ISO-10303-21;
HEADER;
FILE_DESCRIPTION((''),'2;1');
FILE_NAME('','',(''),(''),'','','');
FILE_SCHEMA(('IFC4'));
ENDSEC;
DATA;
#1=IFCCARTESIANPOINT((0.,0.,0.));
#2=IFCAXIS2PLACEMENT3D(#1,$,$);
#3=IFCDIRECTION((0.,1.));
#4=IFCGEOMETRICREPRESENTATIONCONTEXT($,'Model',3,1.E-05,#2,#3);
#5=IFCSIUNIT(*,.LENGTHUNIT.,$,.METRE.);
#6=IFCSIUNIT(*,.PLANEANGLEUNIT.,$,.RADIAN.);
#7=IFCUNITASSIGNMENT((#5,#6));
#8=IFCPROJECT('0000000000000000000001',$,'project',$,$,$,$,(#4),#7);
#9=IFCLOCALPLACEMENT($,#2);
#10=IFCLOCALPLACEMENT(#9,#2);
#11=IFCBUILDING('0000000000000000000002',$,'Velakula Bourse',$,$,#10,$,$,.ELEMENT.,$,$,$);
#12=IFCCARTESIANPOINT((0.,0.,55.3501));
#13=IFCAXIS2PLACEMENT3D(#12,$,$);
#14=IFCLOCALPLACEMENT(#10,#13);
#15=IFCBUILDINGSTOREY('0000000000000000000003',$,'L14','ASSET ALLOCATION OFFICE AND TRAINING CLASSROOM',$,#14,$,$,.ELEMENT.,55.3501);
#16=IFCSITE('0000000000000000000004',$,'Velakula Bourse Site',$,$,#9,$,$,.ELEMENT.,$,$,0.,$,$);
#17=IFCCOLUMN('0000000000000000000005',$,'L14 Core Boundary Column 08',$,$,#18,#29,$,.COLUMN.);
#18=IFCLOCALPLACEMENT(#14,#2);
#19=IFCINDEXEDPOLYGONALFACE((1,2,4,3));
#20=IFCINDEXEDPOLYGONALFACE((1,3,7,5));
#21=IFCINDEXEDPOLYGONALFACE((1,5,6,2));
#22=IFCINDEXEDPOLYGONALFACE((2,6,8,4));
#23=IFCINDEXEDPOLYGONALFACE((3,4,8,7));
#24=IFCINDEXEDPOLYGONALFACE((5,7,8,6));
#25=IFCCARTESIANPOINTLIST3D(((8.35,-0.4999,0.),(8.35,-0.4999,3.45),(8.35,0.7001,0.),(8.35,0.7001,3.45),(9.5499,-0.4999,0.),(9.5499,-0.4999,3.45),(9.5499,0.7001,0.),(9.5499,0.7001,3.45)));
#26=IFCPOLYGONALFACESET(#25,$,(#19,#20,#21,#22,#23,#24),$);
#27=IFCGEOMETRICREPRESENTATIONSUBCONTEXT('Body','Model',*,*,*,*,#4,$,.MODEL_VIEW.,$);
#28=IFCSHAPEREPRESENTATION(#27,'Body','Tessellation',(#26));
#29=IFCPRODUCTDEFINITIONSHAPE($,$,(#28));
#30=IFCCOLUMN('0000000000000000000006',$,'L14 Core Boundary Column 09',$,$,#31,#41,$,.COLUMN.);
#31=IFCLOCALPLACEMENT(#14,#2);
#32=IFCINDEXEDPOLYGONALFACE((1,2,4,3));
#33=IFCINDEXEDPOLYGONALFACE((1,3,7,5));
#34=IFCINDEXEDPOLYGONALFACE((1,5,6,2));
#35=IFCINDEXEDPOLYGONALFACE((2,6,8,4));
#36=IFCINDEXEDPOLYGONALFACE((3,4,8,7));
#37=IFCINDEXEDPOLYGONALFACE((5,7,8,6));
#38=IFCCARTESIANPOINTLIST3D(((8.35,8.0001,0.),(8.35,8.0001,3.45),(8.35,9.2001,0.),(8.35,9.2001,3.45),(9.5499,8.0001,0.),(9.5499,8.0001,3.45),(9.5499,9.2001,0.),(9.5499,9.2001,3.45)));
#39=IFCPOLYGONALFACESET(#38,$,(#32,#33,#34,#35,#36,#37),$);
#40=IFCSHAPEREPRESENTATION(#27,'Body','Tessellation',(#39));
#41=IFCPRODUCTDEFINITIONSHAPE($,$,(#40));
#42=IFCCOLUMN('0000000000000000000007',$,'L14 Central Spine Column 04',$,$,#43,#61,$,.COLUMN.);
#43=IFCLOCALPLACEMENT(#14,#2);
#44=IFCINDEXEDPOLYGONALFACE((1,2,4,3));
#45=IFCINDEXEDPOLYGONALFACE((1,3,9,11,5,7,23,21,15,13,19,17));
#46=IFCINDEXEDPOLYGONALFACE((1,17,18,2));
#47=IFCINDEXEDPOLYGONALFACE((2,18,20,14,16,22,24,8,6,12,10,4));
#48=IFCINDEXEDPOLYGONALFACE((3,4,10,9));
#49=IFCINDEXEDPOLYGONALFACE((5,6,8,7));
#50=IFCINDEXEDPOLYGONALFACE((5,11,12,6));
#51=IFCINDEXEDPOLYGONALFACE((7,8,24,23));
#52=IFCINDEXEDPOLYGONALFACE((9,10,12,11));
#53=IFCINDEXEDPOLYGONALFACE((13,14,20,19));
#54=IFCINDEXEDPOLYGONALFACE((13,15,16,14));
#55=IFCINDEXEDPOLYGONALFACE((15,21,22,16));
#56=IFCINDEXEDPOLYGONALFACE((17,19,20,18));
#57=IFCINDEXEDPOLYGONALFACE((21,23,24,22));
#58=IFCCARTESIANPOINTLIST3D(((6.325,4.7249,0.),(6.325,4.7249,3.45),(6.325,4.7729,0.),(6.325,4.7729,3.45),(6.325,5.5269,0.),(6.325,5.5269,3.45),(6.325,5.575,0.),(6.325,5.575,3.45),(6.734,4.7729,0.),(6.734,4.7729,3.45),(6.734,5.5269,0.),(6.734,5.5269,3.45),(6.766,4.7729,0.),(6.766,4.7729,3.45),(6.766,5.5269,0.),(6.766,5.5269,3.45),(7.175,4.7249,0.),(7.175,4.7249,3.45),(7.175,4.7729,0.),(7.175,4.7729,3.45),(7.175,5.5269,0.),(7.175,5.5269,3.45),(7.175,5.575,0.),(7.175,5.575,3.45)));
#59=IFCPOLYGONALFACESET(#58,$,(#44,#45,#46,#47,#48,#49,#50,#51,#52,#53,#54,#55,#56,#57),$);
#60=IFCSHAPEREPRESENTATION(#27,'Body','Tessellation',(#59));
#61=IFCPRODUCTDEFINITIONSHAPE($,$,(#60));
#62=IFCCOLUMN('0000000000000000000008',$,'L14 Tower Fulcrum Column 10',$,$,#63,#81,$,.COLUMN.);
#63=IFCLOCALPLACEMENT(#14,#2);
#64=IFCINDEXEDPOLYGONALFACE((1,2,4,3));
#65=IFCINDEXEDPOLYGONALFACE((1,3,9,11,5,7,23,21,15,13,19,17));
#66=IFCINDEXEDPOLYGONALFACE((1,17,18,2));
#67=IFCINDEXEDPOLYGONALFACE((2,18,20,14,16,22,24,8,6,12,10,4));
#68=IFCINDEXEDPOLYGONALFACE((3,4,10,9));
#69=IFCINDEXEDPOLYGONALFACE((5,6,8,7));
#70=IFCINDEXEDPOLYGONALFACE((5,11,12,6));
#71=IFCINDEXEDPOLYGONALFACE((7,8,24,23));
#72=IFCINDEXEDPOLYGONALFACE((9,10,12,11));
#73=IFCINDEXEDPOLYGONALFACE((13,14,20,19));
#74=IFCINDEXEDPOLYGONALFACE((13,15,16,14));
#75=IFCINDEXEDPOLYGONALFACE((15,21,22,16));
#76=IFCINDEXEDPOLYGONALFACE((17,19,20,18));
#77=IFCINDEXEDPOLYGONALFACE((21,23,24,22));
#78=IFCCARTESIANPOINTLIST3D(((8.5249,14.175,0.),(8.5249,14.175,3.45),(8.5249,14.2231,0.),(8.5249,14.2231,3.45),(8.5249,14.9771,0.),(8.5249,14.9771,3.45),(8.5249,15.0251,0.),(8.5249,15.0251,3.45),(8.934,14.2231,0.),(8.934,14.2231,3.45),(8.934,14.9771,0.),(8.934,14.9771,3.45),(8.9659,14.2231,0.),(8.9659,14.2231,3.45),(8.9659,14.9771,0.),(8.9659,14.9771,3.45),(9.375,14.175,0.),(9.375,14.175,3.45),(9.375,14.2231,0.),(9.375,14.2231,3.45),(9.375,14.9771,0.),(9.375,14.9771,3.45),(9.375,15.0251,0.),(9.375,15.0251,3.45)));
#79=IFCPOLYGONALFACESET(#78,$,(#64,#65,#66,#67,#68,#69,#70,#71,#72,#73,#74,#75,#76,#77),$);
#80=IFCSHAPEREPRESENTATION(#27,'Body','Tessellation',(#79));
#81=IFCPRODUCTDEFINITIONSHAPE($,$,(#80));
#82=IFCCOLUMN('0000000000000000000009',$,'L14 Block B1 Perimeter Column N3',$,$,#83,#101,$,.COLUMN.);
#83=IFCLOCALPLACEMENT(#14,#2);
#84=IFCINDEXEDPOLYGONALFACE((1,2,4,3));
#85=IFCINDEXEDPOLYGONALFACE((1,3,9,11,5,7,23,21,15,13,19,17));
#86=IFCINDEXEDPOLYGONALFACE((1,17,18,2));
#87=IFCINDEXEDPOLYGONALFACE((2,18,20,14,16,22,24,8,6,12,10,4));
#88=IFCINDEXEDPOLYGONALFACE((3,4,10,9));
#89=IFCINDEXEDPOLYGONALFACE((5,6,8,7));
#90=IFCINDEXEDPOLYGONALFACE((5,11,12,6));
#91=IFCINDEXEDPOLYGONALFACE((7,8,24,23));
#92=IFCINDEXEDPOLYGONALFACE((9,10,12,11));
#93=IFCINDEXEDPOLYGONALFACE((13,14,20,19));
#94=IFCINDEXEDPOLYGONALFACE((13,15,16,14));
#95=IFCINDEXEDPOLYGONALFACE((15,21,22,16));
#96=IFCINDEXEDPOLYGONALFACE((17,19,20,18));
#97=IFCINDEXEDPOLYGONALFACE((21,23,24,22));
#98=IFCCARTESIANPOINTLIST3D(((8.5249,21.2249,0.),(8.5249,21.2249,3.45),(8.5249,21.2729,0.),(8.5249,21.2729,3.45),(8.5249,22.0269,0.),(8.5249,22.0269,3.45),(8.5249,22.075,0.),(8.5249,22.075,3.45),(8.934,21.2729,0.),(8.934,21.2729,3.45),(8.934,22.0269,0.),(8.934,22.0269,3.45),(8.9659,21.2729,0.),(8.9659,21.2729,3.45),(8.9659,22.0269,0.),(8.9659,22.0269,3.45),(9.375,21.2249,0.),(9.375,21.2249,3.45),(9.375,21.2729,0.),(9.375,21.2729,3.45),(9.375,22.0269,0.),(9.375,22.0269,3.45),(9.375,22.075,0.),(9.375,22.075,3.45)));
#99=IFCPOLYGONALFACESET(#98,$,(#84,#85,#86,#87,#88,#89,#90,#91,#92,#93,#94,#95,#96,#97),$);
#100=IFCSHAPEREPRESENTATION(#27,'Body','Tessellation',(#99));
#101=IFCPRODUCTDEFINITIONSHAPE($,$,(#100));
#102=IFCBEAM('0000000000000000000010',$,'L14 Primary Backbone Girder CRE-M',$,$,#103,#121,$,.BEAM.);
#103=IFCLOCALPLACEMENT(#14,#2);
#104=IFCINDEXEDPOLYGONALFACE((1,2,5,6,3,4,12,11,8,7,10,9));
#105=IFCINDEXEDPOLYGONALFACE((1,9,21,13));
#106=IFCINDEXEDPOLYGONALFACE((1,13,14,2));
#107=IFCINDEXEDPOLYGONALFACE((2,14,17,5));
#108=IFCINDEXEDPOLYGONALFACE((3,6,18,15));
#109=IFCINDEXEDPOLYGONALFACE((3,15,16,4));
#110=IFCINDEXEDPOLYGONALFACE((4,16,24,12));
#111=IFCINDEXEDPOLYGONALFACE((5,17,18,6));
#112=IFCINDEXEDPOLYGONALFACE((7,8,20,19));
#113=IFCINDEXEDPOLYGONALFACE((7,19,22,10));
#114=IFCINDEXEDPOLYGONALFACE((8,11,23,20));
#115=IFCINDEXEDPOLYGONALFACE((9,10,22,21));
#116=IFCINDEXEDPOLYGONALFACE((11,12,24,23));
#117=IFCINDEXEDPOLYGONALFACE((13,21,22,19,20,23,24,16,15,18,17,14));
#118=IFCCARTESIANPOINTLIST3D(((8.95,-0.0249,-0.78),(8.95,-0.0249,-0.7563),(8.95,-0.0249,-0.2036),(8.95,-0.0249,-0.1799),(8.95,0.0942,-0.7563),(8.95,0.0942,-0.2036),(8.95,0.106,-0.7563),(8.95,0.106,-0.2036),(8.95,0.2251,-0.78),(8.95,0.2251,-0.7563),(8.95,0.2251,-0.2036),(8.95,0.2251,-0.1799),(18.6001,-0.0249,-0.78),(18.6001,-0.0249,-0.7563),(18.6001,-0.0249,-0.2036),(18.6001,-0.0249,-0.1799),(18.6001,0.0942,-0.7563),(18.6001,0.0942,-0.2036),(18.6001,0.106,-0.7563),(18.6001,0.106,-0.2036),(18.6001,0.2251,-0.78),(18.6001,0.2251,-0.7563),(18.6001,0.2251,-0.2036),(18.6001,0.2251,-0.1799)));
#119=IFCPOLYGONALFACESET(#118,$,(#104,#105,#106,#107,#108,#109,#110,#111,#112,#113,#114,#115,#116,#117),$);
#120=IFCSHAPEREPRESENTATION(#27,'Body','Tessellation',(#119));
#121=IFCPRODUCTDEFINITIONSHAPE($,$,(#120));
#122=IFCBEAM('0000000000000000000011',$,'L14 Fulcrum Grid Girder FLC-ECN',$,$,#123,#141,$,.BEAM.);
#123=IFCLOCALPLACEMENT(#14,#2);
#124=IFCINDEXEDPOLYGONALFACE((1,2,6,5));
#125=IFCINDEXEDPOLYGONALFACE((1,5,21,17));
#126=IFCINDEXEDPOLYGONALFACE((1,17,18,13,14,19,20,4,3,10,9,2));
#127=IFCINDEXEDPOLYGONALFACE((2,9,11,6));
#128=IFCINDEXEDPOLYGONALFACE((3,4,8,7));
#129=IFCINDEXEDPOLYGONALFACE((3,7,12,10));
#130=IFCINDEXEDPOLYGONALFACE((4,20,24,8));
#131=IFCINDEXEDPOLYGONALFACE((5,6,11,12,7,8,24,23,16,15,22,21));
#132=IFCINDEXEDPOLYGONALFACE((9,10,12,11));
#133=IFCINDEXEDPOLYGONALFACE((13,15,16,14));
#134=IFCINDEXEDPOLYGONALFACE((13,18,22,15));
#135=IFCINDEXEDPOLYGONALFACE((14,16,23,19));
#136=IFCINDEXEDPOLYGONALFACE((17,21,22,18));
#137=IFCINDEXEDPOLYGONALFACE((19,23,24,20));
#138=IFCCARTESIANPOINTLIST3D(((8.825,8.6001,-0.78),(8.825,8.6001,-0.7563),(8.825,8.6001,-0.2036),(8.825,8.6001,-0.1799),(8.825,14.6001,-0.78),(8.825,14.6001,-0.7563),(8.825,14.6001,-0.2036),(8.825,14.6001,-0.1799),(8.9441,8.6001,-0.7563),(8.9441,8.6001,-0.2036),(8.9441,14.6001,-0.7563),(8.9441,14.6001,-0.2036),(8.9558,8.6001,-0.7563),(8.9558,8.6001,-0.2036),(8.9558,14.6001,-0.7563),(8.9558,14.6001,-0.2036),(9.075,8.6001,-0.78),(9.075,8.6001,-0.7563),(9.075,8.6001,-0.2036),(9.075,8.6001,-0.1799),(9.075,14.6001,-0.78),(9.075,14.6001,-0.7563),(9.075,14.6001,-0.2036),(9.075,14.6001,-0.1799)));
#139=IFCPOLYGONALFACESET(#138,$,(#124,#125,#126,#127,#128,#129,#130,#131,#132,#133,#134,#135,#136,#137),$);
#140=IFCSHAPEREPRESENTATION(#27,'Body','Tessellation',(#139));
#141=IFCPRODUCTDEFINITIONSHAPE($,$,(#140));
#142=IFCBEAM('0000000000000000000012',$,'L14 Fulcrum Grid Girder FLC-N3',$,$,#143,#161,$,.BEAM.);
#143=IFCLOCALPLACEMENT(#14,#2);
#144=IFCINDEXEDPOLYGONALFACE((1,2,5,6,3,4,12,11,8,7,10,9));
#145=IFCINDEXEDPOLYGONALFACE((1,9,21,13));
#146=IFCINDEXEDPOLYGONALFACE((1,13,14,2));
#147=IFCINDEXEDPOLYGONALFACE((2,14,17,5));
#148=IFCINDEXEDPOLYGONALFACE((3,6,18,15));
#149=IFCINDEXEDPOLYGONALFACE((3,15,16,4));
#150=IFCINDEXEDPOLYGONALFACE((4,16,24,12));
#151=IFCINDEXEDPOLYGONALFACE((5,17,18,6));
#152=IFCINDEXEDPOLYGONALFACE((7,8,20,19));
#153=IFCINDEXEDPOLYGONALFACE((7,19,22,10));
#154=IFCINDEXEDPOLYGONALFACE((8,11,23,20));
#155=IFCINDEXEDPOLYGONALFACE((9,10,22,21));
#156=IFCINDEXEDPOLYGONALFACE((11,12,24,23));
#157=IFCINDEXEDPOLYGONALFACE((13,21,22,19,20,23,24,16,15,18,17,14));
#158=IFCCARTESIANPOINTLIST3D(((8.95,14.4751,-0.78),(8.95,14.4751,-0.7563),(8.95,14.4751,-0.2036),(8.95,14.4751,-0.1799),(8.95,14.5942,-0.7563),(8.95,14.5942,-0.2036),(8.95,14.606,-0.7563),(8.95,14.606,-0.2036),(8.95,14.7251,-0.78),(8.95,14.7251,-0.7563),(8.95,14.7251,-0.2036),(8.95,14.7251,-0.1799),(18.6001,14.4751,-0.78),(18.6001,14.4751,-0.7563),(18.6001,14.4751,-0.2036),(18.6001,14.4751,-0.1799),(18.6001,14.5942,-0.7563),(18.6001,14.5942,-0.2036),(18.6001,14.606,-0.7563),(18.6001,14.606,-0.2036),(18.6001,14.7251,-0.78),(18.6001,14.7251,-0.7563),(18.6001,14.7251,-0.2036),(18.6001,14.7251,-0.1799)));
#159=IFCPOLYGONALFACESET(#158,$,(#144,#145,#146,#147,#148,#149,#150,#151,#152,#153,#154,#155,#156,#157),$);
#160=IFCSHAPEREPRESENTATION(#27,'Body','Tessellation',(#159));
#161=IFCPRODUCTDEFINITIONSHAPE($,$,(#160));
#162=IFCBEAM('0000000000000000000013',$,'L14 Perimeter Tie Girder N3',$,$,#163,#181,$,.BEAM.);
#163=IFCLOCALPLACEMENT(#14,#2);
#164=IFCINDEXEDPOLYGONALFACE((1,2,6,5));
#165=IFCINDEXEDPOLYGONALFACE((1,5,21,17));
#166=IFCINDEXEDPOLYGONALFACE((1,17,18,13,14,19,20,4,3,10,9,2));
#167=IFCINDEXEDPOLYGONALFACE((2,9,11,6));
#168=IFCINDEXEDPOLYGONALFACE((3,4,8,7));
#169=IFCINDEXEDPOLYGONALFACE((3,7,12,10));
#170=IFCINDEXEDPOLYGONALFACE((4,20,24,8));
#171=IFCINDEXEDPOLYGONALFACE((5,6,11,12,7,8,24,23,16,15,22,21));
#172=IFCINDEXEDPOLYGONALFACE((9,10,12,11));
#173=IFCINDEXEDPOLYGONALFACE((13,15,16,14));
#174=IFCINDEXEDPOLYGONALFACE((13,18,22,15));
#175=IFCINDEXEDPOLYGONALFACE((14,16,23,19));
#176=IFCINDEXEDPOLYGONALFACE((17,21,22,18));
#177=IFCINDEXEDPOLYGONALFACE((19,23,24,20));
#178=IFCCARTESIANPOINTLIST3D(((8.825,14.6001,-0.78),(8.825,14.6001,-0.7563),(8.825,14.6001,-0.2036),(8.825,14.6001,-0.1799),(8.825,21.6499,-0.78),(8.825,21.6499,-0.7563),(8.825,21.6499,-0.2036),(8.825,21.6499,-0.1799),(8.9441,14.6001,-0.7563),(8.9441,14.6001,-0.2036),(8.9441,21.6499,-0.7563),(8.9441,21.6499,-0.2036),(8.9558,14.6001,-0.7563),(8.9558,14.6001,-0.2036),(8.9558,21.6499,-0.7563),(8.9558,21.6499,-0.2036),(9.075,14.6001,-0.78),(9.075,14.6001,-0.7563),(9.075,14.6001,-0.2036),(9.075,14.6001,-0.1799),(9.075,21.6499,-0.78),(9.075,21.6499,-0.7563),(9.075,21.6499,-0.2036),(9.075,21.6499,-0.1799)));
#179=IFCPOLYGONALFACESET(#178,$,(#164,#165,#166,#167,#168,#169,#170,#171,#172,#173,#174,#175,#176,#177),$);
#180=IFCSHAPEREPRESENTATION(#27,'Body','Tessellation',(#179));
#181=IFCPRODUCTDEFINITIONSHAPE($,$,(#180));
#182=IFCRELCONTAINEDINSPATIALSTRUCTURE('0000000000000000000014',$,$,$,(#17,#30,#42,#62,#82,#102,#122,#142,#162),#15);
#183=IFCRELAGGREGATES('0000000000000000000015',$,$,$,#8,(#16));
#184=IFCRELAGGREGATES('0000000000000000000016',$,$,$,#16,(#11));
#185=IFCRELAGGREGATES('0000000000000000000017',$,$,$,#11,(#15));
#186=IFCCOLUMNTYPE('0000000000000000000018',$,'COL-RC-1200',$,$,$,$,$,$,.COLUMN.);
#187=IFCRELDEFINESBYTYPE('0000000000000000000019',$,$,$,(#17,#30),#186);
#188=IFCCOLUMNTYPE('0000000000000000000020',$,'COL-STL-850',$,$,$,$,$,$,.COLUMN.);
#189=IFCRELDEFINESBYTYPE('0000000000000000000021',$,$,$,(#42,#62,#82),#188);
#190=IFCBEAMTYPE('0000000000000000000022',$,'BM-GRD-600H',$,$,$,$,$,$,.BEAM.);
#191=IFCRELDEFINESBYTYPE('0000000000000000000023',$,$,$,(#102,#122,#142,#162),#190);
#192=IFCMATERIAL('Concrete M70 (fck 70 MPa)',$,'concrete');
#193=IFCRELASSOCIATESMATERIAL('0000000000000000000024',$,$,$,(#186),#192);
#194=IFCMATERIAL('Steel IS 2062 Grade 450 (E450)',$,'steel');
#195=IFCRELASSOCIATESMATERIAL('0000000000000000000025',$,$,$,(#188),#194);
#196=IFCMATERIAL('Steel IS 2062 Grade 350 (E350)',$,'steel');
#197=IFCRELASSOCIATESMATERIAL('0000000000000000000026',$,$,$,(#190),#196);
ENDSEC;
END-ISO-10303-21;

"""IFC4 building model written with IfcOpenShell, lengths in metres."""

from ifc_helpers import new_model, si_unit, direction, frame, origin, origin_2d, place, context, subcontext, project, spatial, rectangle, i_section, extrude, material, material_profile, profile_set, type_object, element, save


model = new_model("IFC4")

# Units and contexts
model_context = context("Model", 3, precision=1e-05, world=origin(), true_north=direction((0.0, 1.0)))
body_context = subcontext(model_context, "Body", "Model", "MODEL_VIEW")
ifc_project = project(units=[si_unit("LENGTHUNIT", "METRE"), si_unit("PLANEANGLEUNIT", "RADIAN")], contexts=[model_context])

# Site, building, storey
site_placement = place(None, origin())
site = spatial("IfcSite", under=ifc_project, at=site_placement, Name="Velakula Bourse Site", CompositionType="ELEMENT", RefElevation=0.0)
building_placement = place(site_placement, origin())
building = spatial("IfcBuilding", under=site, at=building_placement, Name="Velakula Bourse", CompositionType="ELEMENT")
storey_placement = place(building_placement, frame((0.0, 0.0, 55.3501)))
storey = spatial("IfcBuildingStorey", under=building, at=storey_placement, Name="L14", Description="ASSET ALLOCATION OFFICE AND TRAINING CLASSROOM", CompositionType="ELEMENT", Elevation=55.3501)

# Columns
ifc_material_1 = material(Name="Concrete M70 (fck 70 MPa)", Category="concrete")
ifc_material_profile_1 = material_profile(ifc_material_1, rectangle(XDim=1.2, YDim=1.2, at=origin_2d()), Name="Concrete M70 (fck 70 MPa)")
ifc_profile_set_1 = profile_set([ifc_material_profile_1], Name="Concrete M70 (fck 70 MPa)")
column_type_1 = type_object("IfcColumnType", Name="COL-RC-1200", PredefinedType="COLUMN", material=ifc_profile_set_1)
for number, where, z_axis, x_axis, name in (
    (1, (8.95, 0.1001, 0.0), (0.0, 0.0, 1.0), (1.0, 0.0, 0.0), "L14 Core Boundary Column 08"),
    (2, (8.95, 8.6001, 0.0), (0.0, 0.0, 1.0), (1.0, 0.0, 0.0), "L14 Core Boundary Column 09"),
):
    element("IfcColumn", number, at=place(storey_placement, frame(where, z_axis=z_axis, x_axis=x_axis)), inside=storey, type_object=column_type_1, Name=name, PredefinedType="COLUMN", context=body_context, shape_type="SweptSolid", body=[
        extrude(rectangle(XDim=1.2, YDim=1.2, at=origin_2d()), origin(), (0.0, 0.0, 1.0), 3.45),
    ])
ifc_material_2 = material(Name="Steel IS 2062 Grade 450 (E450)", Category="steel")
ifc_material_profile_2 = material_profile(ifc_material_2, i_section(OverallWidth=0.8501, OverallDepth=0.8501, WebThickness=0.032, FlangeThickness=0.0481, at=origin_2d()), Name="Steel IS 2062 Grade 450 (E450)")
ifc_profile_set_2 = profile_set([ifc_material_profile_2], Name="Steel IS 2062 Grade 450 (E450)")
column_type_2 = type_object("IfcColumnType", Name="COL-STL-850", PredefinedType="COLUMN", material=ifc_profile_set_2)
for number, where, z_axis, x_axis, name in (
    (3, (6.75, 5.1499, 0.0), (0.0, 0.0, 1.0), (1.0, 0.0, 0.0), "L14 Central Spine Column 04"),
    (4, (8.95, 14.6001, 0.0), (0.0, 0.0, 1.0), (1.0, 0.0, 0.0), "L14 Tower Fulcrum Column 10"),
    (5, (8.95, 21.6499, 0.0), (0.0, 0.0, 1.0), (1.0, 0.0, 0.0), "L14 Block B1 Perimeter Column N3"),
):
    element("IfcColumn", number, at=place(storey_placement, frame(where, z_axis=z_axis, x_axis=x_axis)), inside=storey, type_object=column_type_2, Name=name, PredefinedType="COLUMN", context=body_context, shape_type="SweptSolid", body=[
        extrude(i_section(OverallWidth=0.8501, OverallDepth=0.8501, WebThickness=0.032, FlangeThickness=0.0481, at=origin_2d()), origin(), (0.0, 0.0, 1.0), 3.45),
    ])

# Beams
ifc_material_3 = material(Name="Steel IS 2062 Grade 350 (E350)", Category="steel")
ifc_material_profile_3 = material_profile(ifc_material_3, i_section(OverallWidth=0.25, OverallDepth=0.6001, WebThickness=0.0117, FlangeThickness=0.0237, at=origin_2d()), Name="Steel IS 2062 Grade 350 (E350)")
ifc_profile_set_3 = profile_set([ifc_material_profile_3], Name="Steel IS 2062 Grade 350 (E350)")
beam_type_1 = type_object("IfcBeamType", Name="BM-GRD-600H", PredefinedType="BEAM", material=ifc_profile_set_3)
beam_1_placement = place(storey_placement, frame((8.95, 0.1001, -0.48), z_axis=(1.0, 0.0, 0.0), x_axis=(0.0, 1.0, 0.0)))
element("IfcBeam", 6, at=beam_1_placement, inside=storey, type_object=beam_type_1, Name="L14 Primary Backbone Girder CRE-M", PredefinedType="BEAM", context=body_context, shape_type="SweptSolid", body=[
    extrude(i_section(OverallWidth=0.25, OverallDepth=0.6001, WebThickness=0.0117, FlangeThickness=0.0237, at=origin_2d()), origin(), (0.0, 0.0, 1.0), 9.6501),
])
beam_2_placement = place(storey_placement, frame((8.95, 8.6001, -0.48), z_axis=(0.0, 1.0, 0.0), x_axis=(-1.0, 0.0, 0.0)))
element("IfcBeam", 7, at=beam_2_placement, inside=storey, type_object=beam_type_1, Name="L14 Fulcrum Grid Girder FLC-ECN", PredefinedType="BEAM", context=body_context, shape_type="SweptSolid", body=[
    extrude(i_section(OverallWidth=0.25, OverallDepth=0.6001, WebThickness=0.0117, FlangeThickness=0.0237, at=origin_2d()), origin(), (0.0, 0.0, 1.0), 6.0),
])
beam_3_placement = place(storey_placement, frame((8.95, 14.6001, -0.48), z_axis=(1.0, 0.0, 0.0), x_axis=(0.0, 1.0, 0.0)))
element("IfcBeam", 8, at=beam_3_placement, inside=storey, type_object=beam_type_1, Name="L14 Fulcrum Grid Girder FLC-N3", PredefinedType="BEAM", context=body_context, shape_type="SweptSolid", body=[
    extrude(i_section(OverallWidth=0.25, OverallDepth=0.6001, WebThickness=0.0117, FlangeThickness=0.0237, at=origin_2d()), origin(), (0.0, 0.0, 1.0), 9.6501),
])
beam_4_placement = place(storey_placement, frame((8.95, 14.6001, -0.48), z_axis=(0.0, 1.0, 0.0), x_axis=(-1.0, 0.0, 0.0)))
element("IfcBeam", 9, at=beam_4_placement, inside=storey, type_object=beam_type_1, Name="L14 Perimeter Tie Girder N3", PredefinedType="BEAM", context=body_context, shape_type="SweptSolid", body=[
    extrude(i_section(OverallWidth=0.25, OverallDepth=0.6001, WebThickness=0.0117, FlangeThickness=0.0237, at=origin_2d()), origin(), (0.0, 0.0, 1.0), 7.0498),
])

save(model, "model.ifc")
